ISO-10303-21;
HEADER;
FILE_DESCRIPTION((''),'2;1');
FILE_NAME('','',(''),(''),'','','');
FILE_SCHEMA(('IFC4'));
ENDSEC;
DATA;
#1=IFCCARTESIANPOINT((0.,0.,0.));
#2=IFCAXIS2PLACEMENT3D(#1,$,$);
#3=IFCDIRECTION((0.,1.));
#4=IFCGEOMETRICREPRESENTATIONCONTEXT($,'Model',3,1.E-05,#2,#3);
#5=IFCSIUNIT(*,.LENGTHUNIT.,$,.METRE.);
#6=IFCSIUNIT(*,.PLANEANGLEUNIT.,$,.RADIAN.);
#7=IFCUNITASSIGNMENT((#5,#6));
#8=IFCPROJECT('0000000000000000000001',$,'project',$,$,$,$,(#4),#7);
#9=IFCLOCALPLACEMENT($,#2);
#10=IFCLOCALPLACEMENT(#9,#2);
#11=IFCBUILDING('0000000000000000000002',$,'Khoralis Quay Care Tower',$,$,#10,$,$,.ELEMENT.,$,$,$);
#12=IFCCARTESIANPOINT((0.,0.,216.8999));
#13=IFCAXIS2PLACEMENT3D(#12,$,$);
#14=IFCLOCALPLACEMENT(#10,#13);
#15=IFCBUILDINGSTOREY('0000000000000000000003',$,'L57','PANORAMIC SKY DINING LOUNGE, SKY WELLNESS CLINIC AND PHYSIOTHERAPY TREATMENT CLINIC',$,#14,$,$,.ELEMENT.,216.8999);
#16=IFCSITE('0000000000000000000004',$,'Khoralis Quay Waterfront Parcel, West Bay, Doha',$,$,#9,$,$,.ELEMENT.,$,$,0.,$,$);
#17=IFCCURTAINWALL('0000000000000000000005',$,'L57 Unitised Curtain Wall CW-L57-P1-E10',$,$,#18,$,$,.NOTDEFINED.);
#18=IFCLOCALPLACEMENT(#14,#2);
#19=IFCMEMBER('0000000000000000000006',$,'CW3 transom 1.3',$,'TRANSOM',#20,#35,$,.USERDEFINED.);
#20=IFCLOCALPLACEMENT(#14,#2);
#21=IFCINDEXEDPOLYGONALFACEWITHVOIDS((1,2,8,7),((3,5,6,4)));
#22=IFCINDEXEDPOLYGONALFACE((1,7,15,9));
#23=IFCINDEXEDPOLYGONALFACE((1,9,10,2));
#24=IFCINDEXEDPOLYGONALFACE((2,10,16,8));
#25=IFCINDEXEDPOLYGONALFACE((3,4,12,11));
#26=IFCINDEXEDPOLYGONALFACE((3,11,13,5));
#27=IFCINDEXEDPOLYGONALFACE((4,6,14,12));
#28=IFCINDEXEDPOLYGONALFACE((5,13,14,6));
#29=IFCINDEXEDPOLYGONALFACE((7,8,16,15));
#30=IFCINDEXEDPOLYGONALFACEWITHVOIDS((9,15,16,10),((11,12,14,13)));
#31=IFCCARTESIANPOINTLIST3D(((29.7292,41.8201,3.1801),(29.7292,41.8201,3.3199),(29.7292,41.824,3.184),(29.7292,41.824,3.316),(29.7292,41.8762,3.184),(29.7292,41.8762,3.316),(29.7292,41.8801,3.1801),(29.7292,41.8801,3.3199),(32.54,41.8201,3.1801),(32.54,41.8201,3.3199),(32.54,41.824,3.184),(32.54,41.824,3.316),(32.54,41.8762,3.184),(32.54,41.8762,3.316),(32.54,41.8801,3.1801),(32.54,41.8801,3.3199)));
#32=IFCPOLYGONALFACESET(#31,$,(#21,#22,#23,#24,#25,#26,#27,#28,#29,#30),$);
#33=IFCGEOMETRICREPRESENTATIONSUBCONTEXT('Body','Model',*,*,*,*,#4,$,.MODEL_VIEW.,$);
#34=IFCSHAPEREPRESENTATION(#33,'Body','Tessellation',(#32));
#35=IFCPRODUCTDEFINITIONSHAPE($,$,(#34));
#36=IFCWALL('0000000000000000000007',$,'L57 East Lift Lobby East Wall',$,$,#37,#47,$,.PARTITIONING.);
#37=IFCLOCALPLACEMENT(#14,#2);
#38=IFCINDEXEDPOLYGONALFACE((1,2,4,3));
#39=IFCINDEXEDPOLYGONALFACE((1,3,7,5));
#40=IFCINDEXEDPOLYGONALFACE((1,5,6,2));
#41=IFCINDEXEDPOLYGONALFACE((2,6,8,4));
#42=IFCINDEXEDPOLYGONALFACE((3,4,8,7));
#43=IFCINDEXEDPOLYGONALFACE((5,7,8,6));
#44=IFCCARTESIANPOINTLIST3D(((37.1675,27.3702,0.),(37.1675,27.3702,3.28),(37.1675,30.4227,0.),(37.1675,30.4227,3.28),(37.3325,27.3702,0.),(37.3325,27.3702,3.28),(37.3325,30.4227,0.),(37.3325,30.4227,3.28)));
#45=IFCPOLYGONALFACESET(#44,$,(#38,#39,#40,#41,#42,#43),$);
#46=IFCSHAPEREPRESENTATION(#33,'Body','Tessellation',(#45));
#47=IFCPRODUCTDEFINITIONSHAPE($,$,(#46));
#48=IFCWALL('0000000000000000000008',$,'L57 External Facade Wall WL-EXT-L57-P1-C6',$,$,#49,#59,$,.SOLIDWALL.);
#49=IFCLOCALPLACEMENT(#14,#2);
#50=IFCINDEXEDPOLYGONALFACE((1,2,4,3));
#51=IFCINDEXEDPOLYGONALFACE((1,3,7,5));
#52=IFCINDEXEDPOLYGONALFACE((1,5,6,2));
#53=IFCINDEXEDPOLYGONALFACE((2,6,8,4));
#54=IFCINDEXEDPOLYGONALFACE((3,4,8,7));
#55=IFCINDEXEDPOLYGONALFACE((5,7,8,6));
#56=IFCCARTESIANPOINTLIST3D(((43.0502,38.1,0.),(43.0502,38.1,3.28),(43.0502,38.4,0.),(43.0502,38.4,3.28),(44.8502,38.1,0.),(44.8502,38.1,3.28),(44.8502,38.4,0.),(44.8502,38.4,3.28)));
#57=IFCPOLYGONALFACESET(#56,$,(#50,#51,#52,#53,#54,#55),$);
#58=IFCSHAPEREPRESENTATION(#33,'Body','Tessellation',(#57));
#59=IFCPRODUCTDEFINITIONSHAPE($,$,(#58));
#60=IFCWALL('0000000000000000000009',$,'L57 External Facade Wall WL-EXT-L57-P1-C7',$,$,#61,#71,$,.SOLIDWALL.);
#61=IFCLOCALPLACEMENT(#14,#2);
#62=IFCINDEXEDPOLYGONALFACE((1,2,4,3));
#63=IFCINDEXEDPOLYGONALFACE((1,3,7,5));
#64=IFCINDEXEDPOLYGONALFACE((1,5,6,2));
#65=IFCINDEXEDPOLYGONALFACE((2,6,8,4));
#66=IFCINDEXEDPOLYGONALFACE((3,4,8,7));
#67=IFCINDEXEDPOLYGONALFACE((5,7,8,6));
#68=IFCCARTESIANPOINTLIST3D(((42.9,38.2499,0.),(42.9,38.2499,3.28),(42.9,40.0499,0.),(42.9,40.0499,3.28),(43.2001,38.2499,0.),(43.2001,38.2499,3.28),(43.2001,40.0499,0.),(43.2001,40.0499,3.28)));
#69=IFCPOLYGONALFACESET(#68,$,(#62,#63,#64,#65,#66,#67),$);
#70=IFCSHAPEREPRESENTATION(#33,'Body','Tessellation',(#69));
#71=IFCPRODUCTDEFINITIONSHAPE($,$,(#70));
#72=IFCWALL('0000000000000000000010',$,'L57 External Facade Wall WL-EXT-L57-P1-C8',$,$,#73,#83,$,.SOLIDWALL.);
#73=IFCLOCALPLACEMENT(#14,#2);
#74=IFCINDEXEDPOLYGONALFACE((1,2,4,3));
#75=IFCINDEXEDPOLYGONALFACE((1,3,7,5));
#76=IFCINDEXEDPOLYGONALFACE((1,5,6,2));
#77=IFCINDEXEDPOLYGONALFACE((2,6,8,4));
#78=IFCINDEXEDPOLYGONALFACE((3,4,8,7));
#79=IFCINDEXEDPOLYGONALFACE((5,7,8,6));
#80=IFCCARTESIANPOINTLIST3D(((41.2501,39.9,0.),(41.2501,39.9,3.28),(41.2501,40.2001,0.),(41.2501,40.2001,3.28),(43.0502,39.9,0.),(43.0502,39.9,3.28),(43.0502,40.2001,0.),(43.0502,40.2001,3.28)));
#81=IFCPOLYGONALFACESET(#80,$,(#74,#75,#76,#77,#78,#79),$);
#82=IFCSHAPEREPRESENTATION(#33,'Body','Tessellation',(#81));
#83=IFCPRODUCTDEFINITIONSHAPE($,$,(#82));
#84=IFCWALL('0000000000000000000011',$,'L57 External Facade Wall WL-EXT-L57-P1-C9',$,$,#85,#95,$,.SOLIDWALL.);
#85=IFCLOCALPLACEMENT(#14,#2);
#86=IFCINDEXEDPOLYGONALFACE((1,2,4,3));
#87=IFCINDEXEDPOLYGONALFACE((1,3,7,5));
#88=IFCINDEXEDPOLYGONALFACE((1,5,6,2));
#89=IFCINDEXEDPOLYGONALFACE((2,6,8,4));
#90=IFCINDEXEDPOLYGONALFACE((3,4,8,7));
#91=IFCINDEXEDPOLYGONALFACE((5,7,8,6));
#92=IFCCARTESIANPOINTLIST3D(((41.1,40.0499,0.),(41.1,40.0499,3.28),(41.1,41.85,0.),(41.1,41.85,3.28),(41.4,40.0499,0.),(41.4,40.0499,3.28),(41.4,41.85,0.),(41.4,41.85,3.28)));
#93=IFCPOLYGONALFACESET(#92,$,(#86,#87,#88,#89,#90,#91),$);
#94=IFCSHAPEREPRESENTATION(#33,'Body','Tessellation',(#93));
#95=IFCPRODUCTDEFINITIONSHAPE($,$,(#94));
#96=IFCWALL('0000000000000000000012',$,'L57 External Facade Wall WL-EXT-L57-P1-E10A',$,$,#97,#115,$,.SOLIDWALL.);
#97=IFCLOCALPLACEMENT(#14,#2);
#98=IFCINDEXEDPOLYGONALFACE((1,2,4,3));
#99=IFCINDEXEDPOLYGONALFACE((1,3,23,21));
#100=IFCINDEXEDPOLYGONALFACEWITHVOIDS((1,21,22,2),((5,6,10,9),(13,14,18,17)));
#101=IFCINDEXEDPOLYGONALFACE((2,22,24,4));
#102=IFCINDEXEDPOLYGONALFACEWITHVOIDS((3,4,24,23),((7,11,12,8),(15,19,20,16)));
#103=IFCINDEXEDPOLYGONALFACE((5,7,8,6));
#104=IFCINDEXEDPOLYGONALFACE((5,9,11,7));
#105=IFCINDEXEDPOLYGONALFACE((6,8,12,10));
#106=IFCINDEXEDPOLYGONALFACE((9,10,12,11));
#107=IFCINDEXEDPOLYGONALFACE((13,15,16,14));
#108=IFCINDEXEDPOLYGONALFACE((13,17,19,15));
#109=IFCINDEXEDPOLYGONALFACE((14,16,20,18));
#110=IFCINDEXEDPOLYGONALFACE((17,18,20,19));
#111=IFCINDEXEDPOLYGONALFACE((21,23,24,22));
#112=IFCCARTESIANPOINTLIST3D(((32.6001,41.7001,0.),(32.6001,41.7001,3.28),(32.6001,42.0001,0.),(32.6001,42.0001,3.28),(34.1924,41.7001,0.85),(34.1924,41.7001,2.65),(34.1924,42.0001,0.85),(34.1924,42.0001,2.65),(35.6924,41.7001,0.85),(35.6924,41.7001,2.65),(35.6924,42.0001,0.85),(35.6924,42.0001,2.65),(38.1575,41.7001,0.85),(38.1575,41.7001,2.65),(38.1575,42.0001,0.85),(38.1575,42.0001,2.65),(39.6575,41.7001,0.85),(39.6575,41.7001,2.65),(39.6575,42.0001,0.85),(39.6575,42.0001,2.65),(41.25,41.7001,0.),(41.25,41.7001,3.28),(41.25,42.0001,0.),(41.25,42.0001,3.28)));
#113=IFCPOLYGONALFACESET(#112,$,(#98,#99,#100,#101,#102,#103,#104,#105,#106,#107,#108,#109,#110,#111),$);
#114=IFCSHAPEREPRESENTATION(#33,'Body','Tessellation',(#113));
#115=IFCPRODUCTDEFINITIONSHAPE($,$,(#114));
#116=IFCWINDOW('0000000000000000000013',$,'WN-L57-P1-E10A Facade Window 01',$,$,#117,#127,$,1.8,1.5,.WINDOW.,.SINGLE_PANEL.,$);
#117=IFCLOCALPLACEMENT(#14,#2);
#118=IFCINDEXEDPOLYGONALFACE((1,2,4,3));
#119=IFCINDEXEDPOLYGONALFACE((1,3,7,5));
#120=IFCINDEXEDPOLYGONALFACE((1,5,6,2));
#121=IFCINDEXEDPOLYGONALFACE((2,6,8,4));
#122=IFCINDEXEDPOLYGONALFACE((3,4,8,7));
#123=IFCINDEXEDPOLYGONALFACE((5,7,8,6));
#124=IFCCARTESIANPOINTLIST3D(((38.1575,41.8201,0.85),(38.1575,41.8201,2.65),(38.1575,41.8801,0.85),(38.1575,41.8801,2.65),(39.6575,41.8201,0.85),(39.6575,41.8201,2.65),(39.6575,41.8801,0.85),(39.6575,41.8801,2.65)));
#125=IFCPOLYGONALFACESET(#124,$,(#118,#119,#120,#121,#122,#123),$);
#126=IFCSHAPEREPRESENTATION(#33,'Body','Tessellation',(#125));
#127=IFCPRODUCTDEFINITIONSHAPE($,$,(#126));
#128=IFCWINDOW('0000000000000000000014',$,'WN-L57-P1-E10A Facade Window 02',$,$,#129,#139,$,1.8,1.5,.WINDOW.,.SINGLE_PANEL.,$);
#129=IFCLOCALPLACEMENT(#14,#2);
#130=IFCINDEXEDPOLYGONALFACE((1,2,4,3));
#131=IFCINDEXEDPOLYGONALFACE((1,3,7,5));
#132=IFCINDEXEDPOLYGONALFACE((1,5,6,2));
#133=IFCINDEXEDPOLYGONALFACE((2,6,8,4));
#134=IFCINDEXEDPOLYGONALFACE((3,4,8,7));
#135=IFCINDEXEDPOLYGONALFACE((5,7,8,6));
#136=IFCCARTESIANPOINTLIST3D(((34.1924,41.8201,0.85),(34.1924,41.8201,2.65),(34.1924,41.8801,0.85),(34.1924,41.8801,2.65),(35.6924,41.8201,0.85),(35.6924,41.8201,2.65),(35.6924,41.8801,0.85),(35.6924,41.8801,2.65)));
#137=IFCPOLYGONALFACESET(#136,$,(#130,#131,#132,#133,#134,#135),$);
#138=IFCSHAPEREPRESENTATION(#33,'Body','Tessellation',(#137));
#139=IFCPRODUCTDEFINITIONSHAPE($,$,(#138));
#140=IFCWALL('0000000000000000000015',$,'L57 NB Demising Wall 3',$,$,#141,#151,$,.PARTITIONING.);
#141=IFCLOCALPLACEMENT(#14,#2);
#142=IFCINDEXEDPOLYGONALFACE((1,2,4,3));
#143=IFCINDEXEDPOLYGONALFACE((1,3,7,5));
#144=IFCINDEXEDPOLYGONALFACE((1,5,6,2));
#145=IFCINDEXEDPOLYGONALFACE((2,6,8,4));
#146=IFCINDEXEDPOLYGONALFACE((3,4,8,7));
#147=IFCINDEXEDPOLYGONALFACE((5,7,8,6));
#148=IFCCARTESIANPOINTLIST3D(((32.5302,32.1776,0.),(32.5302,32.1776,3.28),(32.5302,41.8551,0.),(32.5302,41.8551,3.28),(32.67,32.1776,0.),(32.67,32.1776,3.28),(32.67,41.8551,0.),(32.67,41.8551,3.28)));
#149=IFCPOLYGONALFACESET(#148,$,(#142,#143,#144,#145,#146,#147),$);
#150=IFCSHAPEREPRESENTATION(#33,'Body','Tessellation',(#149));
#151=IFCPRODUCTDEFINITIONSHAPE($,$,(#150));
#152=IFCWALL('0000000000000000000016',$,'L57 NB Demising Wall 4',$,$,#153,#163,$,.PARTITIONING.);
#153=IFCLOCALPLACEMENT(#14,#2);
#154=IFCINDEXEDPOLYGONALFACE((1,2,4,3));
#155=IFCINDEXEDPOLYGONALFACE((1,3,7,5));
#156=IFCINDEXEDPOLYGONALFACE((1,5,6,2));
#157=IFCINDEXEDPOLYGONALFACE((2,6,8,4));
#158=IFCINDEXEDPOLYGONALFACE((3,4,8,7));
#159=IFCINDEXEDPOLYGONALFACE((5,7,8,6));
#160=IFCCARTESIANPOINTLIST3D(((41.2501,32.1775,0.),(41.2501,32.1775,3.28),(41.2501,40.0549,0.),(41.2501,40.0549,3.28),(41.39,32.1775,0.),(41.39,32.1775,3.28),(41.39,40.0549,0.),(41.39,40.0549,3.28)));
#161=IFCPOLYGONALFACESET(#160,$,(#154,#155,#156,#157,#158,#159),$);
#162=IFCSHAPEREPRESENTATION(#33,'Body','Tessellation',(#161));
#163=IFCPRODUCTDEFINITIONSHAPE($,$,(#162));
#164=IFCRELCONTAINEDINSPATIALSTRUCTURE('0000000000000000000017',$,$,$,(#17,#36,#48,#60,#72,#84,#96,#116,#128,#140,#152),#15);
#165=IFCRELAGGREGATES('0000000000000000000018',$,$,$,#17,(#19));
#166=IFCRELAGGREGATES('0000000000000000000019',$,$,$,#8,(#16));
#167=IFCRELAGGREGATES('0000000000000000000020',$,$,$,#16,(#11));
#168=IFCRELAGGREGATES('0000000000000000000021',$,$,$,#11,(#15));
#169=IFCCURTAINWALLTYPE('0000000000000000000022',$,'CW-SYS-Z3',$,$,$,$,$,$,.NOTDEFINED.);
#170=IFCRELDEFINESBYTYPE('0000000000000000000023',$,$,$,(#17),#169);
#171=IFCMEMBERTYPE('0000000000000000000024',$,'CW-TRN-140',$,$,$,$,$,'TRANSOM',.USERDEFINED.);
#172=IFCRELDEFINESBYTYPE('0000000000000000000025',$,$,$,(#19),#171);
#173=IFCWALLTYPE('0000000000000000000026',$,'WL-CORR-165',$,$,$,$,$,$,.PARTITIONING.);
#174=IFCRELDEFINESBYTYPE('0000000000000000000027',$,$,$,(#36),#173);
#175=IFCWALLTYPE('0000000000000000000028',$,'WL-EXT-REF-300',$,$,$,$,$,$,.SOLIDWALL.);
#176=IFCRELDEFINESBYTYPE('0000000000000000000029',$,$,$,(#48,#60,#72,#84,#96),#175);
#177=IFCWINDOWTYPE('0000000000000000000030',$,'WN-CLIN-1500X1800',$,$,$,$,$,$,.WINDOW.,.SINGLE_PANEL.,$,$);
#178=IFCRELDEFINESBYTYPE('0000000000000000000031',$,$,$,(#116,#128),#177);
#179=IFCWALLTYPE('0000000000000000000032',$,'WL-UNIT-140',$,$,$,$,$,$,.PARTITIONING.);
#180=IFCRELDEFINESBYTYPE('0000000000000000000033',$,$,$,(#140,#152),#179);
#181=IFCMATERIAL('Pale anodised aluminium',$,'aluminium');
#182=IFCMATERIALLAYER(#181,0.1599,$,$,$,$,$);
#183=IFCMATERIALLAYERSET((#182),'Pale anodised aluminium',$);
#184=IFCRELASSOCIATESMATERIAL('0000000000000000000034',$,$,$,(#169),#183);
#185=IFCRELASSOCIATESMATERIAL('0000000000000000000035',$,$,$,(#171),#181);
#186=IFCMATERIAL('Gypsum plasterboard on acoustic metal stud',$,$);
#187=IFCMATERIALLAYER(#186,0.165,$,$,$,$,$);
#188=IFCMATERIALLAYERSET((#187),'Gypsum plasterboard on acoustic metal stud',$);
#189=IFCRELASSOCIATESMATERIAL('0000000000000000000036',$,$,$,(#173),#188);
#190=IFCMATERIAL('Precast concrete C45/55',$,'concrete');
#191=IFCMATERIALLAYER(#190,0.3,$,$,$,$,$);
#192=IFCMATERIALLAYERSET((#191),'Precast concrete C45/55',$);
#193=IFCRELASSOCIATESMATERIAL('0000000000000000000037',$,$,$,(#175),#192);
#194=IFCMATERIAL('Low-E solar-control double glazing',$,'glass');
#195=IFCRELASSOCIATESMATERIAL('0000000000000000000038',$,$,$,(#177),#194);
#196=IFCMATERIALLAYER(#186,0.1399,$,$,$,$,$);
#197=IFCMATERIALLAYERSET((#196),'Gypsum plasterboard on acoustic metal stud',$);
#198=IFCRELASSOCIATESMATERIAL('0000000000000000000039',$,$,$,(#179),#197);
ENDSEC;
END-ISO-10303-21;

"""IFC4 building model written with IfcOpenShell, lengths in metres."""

from ifc_helpers import new_model, si_unit, direction, frame, frame_2d, origin, origin_2d, place, context, subcontext, project, spatial, rectangle, hollow_rectangle, extrude, source, transform, mapped, material, layer, layer_set, material_profile, profile_set, type_object, element, fill, aggregate, save


model = new_model("IFC4")

# Units and contexts
model_context = context("Model", 3, precision=1e-05, world=origin(), true_north=direction((0.0, 1.0)))
body_context = subcontext(model_context, "Body", "Model", "MODEL_VIEW")
ifc_project = project(units=[si_unit("LENGTHUNIT", "METRE"), si_unit("PLANEANGLEUNIT", "RADIAN")], contexts=[model_context])

# Site, building, storey
site_placement = place(None, origin())
site = spatial("IfcSite", under=ifc_project, at=site_placement, Name="Khoralis Quay Waterfront Parcel, West Bay, Doha", CompositionType="ELEMENT", RefElevation=0.0)
building_placement = place(site_placement, origin())
building = spatial("IfcBuilding", under=site, at=building_placement, Name="Khoralis Quay Care Tower", CompositionType="ELEMENT")
storey_placement = place(building_placement, frame((0.0, 0.0, 216.8999)))
storey = spatial("IfcBuildingStorey", under=building, at=storey_placement, Name="L57", Description="PANORAMIC SKY DINING LOUNGE, SKY WELLNESS CLINIC AND PHYSIOTHERAPY TREATMENT CLINIC", CompositionType="ELEMENT", Elevation=216.8999)

# Curtain wall, member
ifc_material_1 = material(Name="Pale anodised aluminium", Category="aluminium")
ifc_layer_1 = layer(ifc_material_1, 0.1599)
ifc_layer_set_1 = layer_set([ifc_layer_1], Name="Pale anodised aluminium")
curtain_wall_type = type_object("IfcCurtainWallType", Name="CW-SYS-Z3", PredefinedType="NOTDEFINED", material=ifc_layer_set_1)
curtain_wall_placement = place(storey_placement, origin())
curtain_wall = element("IfcCurtainWall", 1, at=curtain_wall_placement, inside=storey, type_object=curtain_wall_type, Name="L57 Unitised Curtain Wall CW-L57-P1-E10", PredefinedType="NOTDEFINED")
ifc_material_profile_1 = material_profile(ifc_material_1, hollow_rectangle(XDim=0.0601, YDim=0.1399, WallThickness=0.0039, at=origin_2d()), Name="Pale anodised aluminium")
ifc_profile_set_1 = profile_set([ifc_material_profile_1], Name="Pale anodised aluminium")
member_type_1 = type_object("IfcMemberType", Name="CW-TRN-140", ElementType="TRANSOM", PredefinedType="USERDEFINED", material=ifc_profile_set_1)
shared_shape_1 = source(origin(), body_context, "Body", "SweptSolid", [
    extrude(hollow_rectangle(XDim=0.0601, YDim=0.1399, WallThickness=0.0039, at=origin_2d()), origin(), (0.0, 0.0, 1.0), 2.8108),
])
member_1_placement = place(storey_placement, frame((32.54, 41.8501, 3.25), z_axis=(-1.0, 0.0, 0.0), x_axis=(0.0, -1.0, 0.0)))
member_1 = element("IfcMember", 2, at=member_1_placement, type_object=member_type_1, Name="CW3 transom 1.3", ObjectType="TRANSOM", PredefinedType="USERDEFINED", context=body_context, shape_type="MappedRepresentation", body=[
    mapped(shared_shape_1, transform((0.0, 0.0, 0.0), scale=1.0)),
])
aggregate(curtain_wall, [member_1])

# Walls
ifc_material_2 = material(Name="Gypsum plasterboard on acoustic metal stud")
ifc_layer_2 = layer(ifc_material_2, 0.165)
ifc_layer_set_2 = layer_set([ifc_layer_2], Name="Gypsum plasterboard on acoustic metal stud")
wall_type_1 = type_object("IfcWallType", Name="WL-CORR-165", PredefinedType="PARTITIONING", material=ifc_layer_set_2)
wall_1_placement = place(storey_placement, frame((37.25, 27.3701, 0.0), z_axis=(0.0, 0.0, 1.0), x_axis=(0.0, 1.0, 0.0)))
element("IfcWall", 3, at=wall_1_placement, inside=storey, type_object=wall_type_1, Name="L57 East Lift Lobby East Wall", PredefinedType="PARTITIONING", context=body_context, shape_type="SweptSolid", body=[
    extrude(rectangle(XDim=3.0525, YDim=0.165, at=frame_2d((1.5264, 0.0))), origin(), (0.0, 0.0, 1.0), 3.28),
])
ifc_material_3 = material(Name="Precast concrete C45/55", Category="concrete")
ifc_layer_3 = layer(ifc_material_3, 0.3)
ifc_layer_set_3 = layer_set([ifc_layer_3], Name="Precast concrete C45/55")
wall_type_2 = type_object("IfcWallType", Name="WL-EXT-REF-300", PredefinedType="SOLIDWALL", material=ifc_layer_set_3)
for number, where, z_axis, x_axis, name in (
    (4, (44.8501, 38.25, 0.0), (0.0, 0.0, 1.0), (-1.0, 0.0, 0.0), "L57 External Facade Wall WL-EXT-L57-P1-C6"),
    (5, (43.05, 38.25, 0.0), (0.0, 0.0, 1.0), (0.0, 1.0, 0.0), "L57 External Facade Wall WL-EXT-L57-P1-C7"),
    (6, (43.05, 40.05, 0.0), (0.0, 0.0, 1.0), (-1.0, 0.0, 0.0), "L57 External Facade Wall WL-EXT-L57-P1-C8"),
    (7, (41.25, 40.05, 0.0), (0.0, 0.0, 1.0), (0.0, 1.0, 0.0), "L57 External Facade Wall WL-EXT-L57-P1-C9"),
):
    element("IfcWall", number, at=place(storey_placement, frame(where, z_axis=z_axis, x_axis=x_axis)), inside=storey, type_object=wall_type_2, Name=name, PredefinedType="SOLIDWALL", context=body_context, shape_type="SweptSolid", body=[
        extrude(rectangle(XDim=1.8, YDim=0.3, at=frame_2d((0.8999, 0.0))), origin(), (0.0, 0.0, 1.0), 3.28),
    ])

# Wall, openings, windows
wall_2_placement = place(storey_placement, frame((41.25, 41.8501, 0.0), z_axis=(0.0, 0.0, 1.0), x_axis=(-1.0, 0.0, 0.0)))
wall_2 = element("IfcWall", 8, at=wall_2_placement, inside=storey, type_object=wall_type_2, Name="L57 External Facade Wall WL-EXT-L57-P1-E10A", PredefinedType="SOLIDWALL", context=body_context, shape_type="SweptSolid", body=[
    extrude(rectangle(XDim=8.6499, YDim=0.3, at=frame_2d((4.325, 0.0))), origin(), (0.0, 0.0, 1.0), 3.28),
])
opening_1_placement = place(wall_2_placement, frame((1.5925, 0.0, 0.8501)))
opening_1 = element("IfcOpeningElement", 9, at=opening_1_placement, cuts=wall_2, PredefinedType="OPENING", context=body_context, shape_type="SweptSolid", body=[
    extrude(rectangle(XDim=1.5, YDim=1.8, at=frame_2d((0.75, 0.8999))), frame((0.0, 0.1602, 0.0), z_axis=(0.0, -1.0, 0.0), x_axis=(1.0, 0.0, 0.0)), (0.0, 0.0, 1.0), 0.3201),
])
opening_2_placement = place(wall_2_placement, frame((5.5576, 0.0, 0.8501)))
opening_2 = element("IfcOpeningElement", 10, at=opening_2_placement, cuts=wall_2, PredefinedType="OPENING", context=body_context, shape_type="SweptSolid", body=[
    extrude(rectangle(XDim=1.5, YDim=1.8, at=frame_2d((0.75, 0.8999))), frame((0.0, 0.1602, 0.0), z_axis=(0.0, -1.0, 0.0), x_axis=(1.0, 0.0, 0.0)), (0.0, 0.0, 1.0), 0.3201),
])
ifc_material_4 = material(Name="Low-E solar-control double glazing", Category="glass")
window_type = type_object("IfcWindowType", Name="WN-CLIN-1500X1800", PartitioningType="SINGLE_PANEL", PredefinedType="WINDOW", material=ifc_material_4)
shared_shape_2 = source(origin(), body_context, "Body", "SweptSolid", [
    extrude(rectangle(XDim=1.5, YDim=1.8, at=frame_2d((0.75, 0.8999))), frame((0.0, 0.03, 0.0), z_axis=(0.0, -1.0, 0.0), x_axis=(1.0, 0.0, 0.0)), (0.0, 0.0, 1.0), 0.0601),
])
window_1_placement = place(opening_1_placement, origin())
window_1 = element("IfcWindow", 11, at=window_1_placement, inside=storey, type_object=window_type, Name="WN-L57-P1-E10A Facade Window 01", OverallHeight=1.8, OverallWidth=1.5, PartitioningType="SINGLE_PANEL", PredefinedType="WINDOW", context=body_context, shape_type="MappedRepresentation", body=[
    mapped(shared_shape_2, transform((0.0, 0.0, 0.0), scale=1.0)),
])
fill(opening_1, window_1)
window_2_placement = place(opening_2_placement, origin())
window_2 = element("IfcWindow", 12, at=window_2_placement, inside=storey, type_object=window_type, Name="WN-L57-P1-E10A Facade Window 02", OverallHeight=1.8, OverallWidth=1.5, PartitioningType="SINGLE_PANEL", PredefinedType="WINDOW", context=body_context, shape_type="MappedRepresentation", body=[
    mapped(shared_shape_2, transform((0.0, 0.0, 0.0), scale=1.0)),
])
fill(opening_2, window_2)

# Walls
ifc_layer_4 = layer(ifc_material_2, 0.1399)
ifc_layer_set_4 = layer_set([ifc_layer_4], Name="Gypsum plasterboard on acoustic metal stud")
wall_type_3 = type_object("IfcWallType", Name="WL-UNIT-140", PredefinedType="PARTITIONING", material=ifc_layer_set_4)
wall_3_placement = place(storey_placement, frame((32.6001, 32.1775, 0.0), z_axis=(0.0, 0.0, 1.0), x_axis=(0.0, 1.0, 0.0)))
element("IfcWall", 13, at=wall_3_placement, inside=storey, type_object=wall_type_3, Name="L57 NB Demising Wall 3", PredefinedType="PARTITIONING", context=body_context, shape_type="SweptSolid", body=[
    extrude(rectangle(XDim=9.6775, YDim=0.1399, at=frame_2d((4.8389, 0.0))), origin(), (0.0, 0.0, 1.0), 3.28),
])
wall_4_placement = place(storey_placement, frame((41.3201, 32.1775, 0.0), z_axis=(0.0, 0.0, 1.0), x_axis=(0.0, 1.0, 0.0)))
element("IfcWall", 14, at=wall_4_placement, inside=storey, type_object=wall_type_3, Name="L57 NB Demising Wall 4", PredefinedType="PARTITIONING", context=body_context, shape_type="SweptSolid", body=[
    extrude(rectangle(XDim=7.8774, YDim=0.1399, at=frame_2d((3.9387, 0.0))), origin(), (0.0, 0.0, 1.0), 3.28),
])

save(model, "model.ifc")
